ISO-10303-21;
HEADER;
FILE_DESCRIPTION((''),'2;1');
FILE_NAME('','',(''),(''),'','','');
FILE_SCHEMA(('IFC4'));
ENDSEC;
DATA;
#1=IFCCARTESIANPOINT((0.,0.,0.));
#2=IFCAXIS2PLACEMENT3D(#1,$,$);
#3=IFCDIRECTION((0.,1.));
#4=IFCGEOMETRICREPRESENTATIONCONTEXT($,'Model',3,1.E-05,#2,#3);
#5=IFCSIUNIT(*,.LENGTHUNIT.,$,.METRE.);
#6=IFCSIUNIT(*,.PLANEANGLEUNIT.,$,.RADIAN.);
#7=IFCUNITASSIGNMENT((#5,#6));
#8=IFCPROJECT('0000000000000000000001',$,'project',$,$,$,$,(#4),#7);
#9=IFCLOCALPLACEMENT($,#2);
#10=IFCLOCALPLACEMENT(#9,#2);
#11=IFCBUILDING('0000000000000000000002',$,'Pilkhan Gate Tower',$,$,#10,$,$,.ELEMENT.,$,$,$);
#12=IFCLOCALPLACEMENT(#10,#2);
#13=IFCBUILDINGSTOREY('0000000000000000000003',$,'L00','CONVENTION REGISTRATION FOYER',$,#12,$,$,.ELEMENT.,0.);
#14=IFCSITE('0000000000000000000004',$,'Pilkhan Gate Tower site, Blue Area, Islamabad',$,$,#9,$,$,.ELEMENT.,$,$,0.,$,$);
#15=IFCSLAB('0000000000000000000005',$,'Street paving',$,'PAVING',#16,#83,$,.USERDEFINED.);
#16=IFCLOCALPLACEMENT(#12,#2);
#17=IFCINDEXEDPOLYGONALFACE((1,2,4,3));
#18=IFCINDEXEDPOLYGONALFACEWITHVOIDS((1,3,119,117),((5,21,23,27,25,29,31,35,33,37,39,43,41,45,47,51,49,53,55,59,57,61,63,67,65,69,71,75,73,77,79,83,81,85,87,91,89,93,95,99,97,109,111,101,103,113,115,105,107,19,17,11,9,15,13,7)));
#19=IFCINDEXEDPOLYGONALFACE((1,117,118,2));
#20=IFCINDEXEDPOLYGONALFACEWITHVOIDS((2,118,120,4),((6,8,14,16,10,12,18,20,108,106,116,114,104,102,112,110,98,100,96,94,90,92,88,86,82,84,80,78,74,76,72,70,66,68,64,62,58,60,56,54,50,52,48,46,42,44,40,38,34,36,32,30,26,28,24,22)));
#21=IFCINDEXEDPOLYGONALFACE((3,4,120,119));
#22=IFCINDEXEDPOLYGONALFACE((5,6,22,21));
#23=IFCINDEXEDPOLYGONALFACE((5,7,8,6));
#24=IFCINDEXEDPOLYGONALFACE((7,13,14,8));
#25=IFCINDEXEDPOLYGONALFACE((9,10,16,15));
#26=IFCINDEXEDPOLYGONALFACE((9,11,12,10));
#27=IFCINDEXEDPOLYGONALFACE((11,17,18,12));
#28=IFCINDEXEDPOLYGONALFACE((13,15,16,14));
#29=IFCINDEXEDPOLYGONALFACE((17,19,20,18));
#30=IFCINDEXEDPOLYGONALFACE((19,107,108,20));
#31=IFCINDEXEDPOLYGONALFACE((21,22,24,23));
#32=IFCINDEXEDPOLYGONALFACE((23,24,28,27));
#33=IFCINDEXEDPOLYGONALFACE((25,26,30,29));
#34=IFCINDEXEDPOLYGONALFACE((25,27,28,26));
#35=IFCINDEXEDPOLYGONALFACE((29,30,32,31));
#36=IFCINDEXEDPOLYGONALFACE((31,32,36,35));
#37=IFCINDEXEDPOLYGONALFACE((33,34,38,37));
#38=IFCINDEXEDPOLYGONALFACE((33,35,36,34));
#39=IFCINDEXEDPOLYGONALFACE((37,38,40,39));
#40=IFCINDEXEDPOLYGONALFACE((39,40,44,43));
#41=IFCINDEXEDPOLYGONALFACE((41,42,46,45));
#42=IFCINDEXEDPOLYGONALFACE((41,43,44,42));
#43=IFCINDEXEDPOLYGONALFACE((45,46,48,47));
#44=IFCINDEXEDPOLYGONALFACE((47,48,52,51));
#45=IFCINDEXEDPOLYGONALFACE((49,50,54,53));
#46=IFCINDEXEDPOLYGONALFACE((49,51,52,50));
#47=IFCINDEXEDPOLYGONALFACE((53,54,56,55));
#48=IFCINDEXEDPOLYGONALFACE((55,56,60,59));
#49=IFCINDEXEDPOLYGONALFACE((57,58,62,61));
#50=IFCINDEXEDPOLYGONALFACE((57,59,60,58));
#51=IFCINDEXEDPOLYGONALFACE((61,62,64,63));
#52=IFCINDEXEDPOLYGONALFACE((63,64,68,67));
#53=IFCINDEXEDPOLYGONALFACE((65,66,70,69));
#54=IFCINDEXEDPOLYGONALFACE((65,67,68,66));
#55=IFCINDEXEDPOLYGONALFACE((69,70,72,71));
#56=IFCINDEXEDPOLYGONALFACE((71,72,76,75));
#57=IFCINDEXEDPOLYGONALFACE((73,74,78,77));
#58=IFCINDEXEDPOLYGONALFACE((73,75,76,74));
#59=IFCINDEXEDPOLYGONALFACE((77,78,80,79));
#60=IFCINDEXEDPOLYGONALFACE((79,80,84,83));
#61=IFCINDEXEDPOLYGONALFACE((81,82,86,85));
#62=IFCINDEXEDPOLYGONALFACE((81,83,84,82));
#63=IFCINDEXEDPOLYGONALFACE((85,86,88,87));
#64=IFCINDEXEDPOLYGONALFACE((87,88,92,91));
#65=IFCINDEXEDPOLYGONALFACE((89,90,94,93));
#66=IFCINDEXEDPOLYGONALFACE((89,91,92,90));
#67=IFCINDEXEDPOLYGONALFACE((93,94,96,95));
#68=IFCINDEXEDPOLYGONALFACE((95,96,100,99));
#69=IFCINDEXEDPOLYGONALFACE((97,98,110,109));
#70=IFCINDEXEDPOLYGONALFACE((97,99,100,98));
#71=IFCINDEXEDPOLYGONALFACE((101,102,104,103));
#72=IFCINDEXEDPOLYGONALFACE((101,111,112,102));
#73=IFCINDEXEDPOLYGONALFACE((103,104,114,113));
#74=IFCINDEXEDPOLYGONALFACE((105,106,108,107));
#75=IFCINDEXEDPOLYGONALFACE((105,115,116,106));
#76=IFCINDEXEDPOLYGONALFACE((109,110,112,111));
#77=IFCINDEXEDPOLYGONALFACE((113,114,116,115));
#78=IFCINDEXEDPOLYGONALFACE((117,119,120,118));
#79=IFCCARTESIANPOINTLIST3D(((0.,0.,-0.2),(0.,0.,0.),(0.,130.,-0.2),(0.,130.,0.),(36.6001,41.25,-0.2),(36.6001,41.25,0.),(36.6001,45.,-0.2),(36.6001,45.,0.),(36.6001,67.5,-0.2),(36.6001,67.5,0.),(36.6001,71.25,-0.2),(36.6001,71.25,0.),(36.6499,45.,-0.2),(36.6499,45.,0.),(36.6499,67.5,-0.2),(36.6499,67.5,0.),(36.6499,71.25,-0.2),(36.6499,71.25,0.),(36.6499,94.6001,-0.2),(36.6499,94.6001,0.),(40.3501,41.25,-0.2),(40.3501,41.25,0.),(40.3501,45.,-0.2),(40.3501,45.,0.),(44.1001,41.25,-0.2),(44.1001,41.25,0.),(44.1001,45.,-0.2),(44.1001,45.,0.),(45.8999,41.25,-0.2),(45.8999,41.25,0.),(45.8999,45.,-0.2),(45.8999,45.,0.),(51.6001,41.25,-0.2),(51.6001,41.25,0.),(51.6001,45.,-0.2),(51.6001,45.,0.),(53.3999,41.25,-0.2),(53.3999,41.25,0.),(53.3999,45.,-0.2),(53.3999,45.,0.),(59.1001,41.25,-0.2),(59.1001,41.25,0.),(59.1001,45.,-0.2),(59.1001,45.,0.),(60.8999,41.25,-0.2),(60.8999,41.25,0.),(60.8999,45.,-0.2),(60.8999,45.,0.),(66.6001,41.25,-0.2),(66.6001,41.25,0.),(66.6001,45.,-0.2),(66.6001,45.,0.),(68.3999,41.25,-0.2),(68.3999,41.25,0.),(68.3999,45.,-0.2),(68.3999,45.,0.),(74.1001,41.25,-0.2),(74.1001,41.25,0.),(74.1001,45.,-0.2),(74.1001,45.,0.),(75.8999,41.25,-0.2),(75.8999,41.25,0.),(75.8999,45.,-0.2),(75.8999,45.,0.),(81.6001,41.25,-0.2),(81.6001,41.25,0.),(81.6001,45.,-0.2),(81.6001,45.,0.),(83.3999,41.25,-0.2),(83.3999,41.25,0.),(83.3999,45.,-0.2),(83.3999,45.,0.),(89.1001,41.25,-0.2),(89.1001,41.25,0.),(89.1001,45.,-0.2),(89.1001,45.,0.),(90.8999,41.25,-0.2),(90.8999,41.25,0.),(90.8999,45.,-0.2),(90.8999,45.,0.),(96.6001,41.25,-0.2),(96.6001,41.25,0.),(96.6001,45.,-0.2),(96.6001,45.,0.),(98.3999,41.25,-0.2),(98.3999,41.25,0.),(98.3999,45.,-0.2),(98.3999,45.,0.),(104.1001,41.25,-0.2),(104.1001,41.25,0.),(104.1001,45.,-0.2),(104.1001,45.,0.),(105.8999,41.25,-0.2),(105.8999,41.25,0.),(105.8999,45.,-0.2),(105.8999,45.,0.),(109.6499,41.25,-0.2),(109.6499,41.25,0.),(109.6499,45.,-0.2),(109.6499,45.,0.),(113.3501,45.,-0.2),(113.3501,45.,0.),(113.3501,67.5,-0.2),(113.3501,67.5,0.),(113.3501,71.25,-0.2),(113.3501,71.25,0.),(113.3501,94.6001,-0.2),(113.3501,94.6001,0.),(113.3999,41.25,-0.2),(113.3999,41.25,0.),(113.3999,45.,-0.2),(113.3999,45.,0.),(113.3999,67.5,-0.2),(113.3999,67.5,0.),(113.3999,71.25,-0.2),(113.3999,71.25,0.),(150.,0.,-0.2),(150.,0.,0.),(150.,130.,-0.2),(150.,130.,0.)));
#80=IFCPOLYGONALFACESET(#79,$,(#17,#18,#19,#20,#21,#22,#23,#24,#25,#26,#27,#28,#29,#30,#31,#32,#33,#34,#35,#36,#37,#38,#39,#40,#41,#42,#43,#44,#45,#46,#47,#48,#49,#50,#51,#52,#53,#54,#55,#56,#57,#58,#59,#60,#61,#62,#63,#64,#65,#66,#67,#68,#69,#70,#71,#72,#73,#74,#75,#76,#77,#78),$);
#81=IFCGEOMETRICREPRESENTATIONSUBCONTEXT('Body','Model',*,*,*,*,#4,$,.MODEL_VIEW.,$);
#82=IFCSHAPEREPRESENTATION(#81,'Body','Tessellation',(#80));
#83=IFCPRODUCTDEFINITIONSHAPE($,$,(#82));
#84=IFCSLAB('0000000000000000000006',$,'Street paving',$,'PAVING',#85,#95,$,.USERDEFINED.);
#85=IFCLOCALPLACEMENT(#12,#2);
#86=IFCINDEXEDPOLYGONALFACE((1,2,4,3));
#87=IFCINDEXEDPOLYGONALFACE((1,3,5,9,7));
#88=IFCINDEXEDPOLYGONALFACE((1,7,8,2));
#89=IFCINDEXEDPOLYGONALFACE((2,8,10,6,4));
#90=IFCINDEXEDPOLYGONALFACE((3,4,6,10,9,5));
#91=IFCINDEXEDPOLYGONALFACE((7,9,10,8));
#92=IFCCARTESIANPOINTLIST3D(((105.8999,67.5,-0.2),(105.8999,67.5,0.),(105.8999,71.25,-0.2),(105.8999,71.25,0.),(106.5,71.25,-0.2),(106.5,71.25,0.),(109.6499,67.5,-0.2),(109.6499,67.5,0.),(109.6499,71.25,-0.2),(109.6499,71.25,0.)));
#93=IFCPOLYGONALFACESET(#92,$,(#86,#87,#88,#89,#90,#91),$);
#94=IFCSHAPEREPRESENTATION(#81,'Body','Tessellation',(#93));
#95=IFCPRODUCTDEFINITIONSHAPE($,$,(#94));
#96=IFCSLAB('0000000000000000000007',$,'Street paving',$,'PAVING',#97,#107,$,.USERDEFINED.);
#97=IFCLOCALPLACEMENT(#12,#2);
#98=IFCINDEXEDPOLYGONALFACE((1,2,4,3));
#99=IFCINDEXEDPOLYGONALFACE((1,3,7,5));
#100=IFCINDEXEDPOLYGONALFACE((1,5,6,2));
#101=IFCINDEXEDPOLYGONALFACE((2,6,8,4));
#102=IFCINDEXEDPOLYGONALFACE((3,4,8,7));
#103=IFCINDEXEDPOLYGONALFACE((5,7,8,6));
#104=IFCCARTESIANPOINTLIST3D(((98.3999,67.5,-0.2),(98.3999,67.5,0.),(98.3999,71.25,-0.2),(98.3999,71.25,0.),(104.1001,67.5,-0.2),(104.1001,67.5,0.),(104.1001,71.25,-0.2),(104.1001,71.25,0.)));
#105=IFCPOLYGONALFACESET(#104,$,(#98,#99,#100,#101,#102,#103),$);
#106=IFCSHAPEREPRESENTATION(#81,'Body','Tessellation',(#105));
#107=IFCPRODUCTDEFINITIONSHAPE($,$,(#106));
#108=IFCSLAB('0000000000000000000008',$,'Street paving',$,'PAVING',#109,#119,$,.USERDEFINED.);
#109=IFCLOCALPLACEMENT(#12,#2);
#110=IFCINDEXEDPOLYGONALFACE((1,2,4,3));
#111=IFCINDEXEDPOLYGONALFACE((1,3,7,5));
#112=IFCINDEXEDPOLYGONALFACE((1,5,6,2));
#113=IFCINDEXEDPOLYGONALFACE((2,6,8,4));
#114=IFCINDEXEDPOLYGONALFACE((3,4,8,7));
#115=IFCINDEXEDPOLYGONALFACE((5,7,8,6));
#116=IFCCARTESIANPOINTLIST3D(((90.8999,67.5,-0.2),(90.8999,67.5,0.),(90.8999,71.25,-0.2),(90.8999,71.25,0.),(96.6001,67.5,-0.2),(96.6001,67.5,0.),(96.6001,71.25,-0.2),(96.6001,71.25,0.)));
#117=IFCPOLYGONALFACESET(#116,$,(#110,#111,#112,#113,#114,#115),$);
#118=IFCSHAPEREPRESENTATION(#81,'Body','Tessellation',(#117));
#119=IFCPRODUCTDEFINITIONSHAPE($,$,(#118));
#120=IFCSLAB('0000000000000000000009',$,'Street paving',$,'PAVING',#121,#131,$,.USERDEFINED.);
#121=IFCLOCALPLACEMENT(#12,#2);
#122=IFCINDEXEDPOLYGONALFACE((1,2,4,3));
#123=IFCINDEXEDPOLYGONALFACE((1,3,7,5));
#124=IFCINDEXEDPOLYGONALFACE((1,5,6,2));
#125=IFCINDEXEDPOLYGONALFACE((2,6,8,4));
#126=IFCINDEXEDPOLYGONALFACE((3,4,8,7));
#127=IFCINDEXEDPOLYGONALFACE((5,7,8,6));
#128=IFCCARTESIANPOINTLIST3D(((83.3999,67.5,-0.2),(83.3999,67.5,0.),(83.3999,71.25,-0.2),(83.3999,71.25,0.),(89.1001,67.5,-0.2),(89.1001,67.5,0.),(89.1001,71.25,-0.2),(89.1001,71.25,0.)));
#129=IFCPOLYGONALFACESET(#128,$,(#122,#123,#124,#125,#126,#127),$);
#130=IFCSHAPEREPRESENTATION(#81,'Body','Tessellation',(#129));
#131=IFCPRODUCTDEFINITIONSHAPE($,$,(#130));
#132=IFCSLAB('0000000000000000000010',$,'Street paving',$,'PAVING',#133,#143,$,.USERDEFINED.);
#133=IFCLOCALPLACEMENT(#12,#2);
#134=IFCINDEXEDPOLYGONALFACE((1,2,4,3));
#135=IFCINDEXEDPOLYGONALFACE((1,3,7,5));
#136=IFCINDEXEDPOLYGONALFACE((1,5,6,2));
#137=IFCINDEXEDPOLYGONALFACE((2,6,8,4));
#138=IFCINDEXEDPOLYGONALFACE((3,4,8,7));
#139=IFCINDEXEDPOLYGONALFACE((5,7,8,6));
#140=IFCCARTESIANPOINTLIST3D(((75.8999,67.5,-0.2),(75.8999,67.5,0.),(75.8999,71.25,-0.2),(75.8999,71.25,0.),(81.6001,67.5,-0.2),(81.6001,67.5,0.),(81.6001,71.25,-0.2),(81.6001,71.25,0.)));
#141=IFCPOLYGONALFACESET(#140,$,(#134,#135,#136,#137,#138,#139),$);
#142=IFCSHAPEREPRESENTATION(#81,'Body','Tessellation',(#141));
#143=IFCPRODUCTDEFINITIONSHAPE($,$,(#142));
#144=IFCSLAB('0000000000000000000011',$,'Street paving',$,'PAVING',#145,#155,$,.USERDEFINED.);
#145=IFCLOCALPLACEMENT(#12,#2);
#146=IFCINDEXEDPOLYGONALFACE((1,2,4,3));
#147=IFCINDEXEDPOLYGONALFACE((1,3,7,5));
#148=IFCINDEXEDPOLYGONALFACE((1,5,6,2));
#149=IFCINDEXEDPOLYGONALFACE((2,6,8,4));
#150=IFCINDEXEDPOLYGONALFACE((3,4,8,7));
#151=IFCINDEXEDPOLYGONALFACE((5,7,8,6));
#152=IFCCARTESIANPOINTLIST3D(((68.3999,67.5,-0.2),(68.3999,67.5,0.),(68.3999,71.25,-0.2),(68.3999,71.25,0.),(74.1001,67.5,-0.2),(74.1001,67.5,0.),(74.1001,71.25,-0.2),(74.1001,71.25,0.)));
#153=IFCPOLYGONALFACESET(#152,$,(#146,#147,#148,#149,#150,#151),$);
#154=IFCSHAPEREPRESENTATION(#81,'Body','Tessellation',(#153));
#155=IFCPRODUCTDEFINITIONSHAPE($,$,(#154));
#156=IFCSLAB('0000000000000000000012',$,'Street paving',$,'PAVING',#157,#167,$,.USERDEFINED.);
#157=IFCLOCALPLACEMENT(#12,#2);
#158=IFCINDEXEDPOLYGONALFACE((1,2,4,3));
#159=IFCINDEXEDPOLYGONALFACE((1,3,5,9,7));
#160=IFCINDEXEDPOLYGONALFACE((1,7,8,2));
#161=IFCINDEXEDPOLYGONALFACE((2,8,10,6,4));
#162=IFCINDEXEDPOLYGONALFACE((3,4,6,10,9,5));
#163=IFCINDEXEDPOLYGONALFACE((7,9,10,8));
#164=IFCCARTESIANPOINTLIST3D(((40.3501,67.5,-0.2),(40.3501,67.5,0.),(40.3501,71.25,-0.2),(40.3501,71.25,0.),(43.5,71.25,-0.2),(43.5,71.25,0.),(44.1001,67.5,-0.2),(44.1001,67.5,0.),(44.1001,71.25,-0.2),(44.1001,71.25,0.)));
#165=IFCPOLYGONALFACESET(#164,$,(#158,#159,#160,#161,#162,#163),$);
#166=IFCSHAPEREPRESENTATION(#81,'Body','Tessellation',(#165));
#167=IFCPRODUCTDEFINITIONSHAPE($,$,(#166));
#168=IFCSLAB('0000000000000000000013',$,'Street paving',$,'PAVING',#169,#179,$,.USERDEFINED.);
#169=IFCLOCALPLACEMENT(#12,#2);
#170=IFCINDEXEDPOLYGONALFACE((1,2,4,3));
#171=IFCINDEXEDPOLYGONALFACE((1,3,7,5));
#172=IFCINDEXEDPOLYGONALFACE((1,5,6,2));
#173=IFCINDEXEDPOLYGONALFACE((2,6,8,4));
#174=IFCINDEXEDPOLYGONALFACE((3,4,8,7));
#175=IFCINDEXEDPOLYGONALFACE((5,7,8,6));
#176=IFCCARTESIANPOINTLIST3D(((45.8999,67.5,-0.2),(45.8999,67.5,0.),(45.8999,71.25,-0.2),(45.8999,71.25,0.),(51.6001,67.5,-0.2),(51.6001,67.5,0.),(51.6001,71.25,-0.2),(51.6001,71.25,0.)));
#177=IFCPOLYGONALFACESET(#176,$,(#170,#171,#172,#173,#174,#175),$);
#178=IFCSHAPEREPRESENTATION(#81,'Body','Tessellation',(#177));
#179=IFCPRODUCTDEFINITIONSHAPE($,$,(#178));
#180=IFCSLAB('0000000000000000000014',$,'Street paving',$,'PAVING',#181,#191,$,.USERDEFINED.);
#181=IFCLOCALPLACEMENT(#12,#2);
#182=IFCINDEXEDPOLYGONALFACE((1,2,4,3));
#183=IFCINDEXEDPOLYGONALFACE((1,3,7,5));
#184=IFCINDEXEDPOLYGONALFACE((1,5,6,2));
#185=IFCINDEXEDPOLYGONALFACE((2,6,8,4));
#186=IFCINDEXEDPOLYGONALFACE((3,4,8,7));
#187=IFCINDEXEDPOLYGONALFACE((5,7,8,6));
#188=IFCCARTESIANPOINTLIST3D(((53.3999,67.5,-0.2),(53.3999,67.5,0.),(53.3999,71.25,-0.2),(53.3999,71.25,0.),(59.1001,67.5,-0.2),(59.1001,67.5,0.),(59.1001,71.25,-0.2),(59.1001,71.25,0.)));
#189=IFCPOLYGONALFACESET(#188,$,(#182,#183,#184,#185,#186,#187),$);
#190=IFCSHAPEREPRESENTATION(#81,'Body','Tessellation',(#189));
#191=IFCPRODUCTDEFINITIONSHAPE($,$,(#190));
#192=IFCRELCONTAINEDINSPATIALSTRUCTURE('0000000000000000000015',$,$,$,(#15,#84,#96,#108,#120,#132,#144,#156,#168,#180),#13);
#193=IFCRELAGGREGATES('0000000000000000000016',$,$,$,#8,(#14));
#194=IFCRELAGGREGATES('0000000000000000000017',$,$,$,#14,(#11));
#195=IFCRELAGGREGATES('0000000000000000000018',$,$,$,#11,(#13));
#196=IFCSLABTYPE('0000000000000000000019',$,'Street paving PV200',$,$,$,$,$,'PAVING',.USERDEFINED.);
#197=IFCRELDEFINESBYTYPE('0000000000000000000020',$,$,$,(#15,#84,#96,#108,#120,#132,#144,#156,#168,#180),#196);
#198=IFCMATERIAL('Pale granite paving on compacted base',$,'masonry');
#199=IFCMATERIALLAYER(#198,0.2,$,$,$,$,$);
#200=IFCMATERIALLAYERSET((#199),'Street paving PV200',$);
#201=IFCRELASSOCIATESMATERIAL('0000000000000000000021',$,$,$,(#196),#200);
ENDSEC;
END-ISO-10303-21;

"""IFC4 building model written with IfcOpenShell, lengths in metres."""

from ifc_helpers import new_model, si_unit, direction, frame, origin, place, context, subcontext, project, spatial, polyline, outline, extrude, material, layer, layer_set, type_object, element, save


model = new_model("IFC4")

# Units and contexts
model_context = context("Model", 3, precision=1e-05, world=origin(), true_north=direction((0.0, 1.0)))
body_context = subcontext(model_context, "Body", "Model", "MODEL_VIEW")
ifc_project = project(units=[si_unit("LENGTHUNIT", "METRE"), si_unit("PLANEANGLEUNIT", "RADIAN")], contexts=[model_context])

# Site, building, storey
site_placement = place(None, origin())
site = spatial("IfcSite", under=ifc_project, at=site_placement, Name="Pilkhan Gate Tower site, Blue Area, Islamabad", CompositionType="ELEMENT", RefElevation=0.0)
building_placement = place(site_placement, origin())
building = spatial("IfcBuilding", under=site, at=building_placement, Name="Pilkhan Gate Tower", CompositionType="ELEMENT")
storey_placement = place(building_placement, origin())
storey = spatial("IfcBuildingStorey", under=building, at=storey_placement, Name="L00", Description="CONVENTION REGISTRATION FOYER", CompositionType="ELEMENT", Elevation=0.0)

# Slabs
ifc_material_1 = material(Name="Pale granite paving on compacted base", Category="masonry")
ifc_layer_1 = layer(ifc_material_1, 0.2)
ifc_layer_set_1 = layer_set([ifc_layer_1], Name="Street paving PV200")
slab_type_1 = type_object("IfcSlabType", Name="Street paving PV200", ElementType="PAVING", PredefinedType="USERDEFINED", material=ifc_layer_set_1)
slab_1_placement = place(storey_placement, frame((0.0, 0.0, -0.2)))
element("IfcSlab", 1, at=slab_1_placement, inside=storey, type_object=slab_type_1, Name="Street paving", ObjectType="PAVING", PredefinedType="USERDEFINED", context=body_context, shape_type="SweptSolid", body=[
    extrude(outline(polyline([(0.0, 0.0), (0.0, 130.0), (150.0, 130.0), (150.0, 0.0), (0.0, 0.0)]), holes=[polyline([(36.6499, 45.0), (36.6001, 45.0), (36.6001, 41.25), (40.3501, 41.25), (40.3501, 45.0), (44.1001, 45.0), (44.1001, 41.25), (45.8999, 41.25), (45.8999, 45.0), (51.6001, 45.0), (51.6001, 41.25), (53.3999, 41.25), (53.3999, 45.0), (59.1001, 45.0), (59.1001, 41.25), (60.8999, 41.25), (60.8999, 45.0), (66.6001, 45.0), (66.6001, 41.25), (68.3999, 41.25), (68.3999, 45.0), (74.1001, 45.0), (74.1001, 41.25), (75.8999, 41.25), (75.8999, 45.0), (81.6001, 45.0), (81.6001, 41.25), (83.3999, 41.25), (83.3999, 45.0), (89.1001, 45.0), (89.1001, 41.25), (90.8999, 41.25), (90.8999, 45.0), (96.6001, 45.0), (96.6001, 41.25), (98.3999, 41.25), (98.3999, 45.0), (104.1001, 45.0), (104.1001, 41.25), (105.8999, 41.25), (105.8999, 45.0), (109.6499, 45.0), (109.6499, 41.25), (113.3999, 41.25), (113.3999, 45.0), (113.3501, 45.0), (113.3501, 67.5), (113.3999, 67.5), (113.3999, 71.25), (113.3501, 71.25), (113.3501, 94.6001), (36.6499, 94.6001), (36.6499, 71.25), (36.6001, 71.25), (36.6001, 67.5), (36.6499, 67.5), (36.6499, 45.0)])]), origin(), (0.0, 0.0, 1.0), 0.2),
])
slab_2_placement = place(storey_placement, frame((0.0, 0.0, -0.2)))
element("IfcSlab", 2, at=slab_2_placement, inside=storey, type_object=slab_type_1, Name="Street paving", ObjectType="PAVING", PredefinedType="USERDEFINED", context=body_context, shape_type="SweptSolid", body=[
    extrude(outline(polyline([(109.6499, 71.25), (109.6499, 67.5), (105.8999, 67.5), (105.8999, 71.25), (106.5, 71.25), (109.6499, 71.25)])), origin(), (0.0, 0.0, 1.0), 0.2),
])
slab_3_placement = place(storey_placement, frame((0.0, 0.0, -0.2)))
element("IfcSlab", 3, at=slab_3_placement, inside=storey, type_object=slab_type_1, Name="Street paving", ObjectType="PAVING", PredefinedType="USERDEFINED", context=body_context, shape_type="SweptSolid", body=[
    extrude(outline(polyline([(104.1001, 71.25), (104.1001, 67.5), (98.3999, 67.5), (98.3999, 71.25), (104.1001, 71.25)])), origin(), (0.0, 0.0, 1.0), 0.2),
])
slab_4_placement = place(storey_placement, frame((0.0, 0.0, -0.2)))
element("IfcSlab", 4, at=slab_4_placement, inside=storey, type_object=slab_type_1, Name="Street paving", ObjectType="PAVING", PredefinedType="USERDEFINED", context=body_context, shape_type="SweptSolid", body=[
    extrude(outline(polyline([(96.6001, 71.25), (96.6001, 67.5), (90.8999, 67.5), (90.8999, 71.25), (96.6001, 71.25)])), origin(), (0.0, 0.0, 1.0), 0.2),
])
slab_5_placement = place(storey_placement, frame((0.0, 0.0, -0.2)))
element("IfcSlab", 5, at=slab_5_placement, inside=storey, type_object=slab_type_1, Name="Street paving", ObjectType="PAVING", PredefinedType="USERDEFINED", context=body_context, shape_type="SweptSolid", body=[
    extrude(outline(polyline([(89.1001, 71.25), (89.1001, 67.5), (83.3999, 67.5), (83.3999, 71.25), (89.1001, 71.25)])), origin(), (0.0, 0.0, 1.0), 0.2),
])
slab_6_placement = place(storey_placement, frame((0.0, 0.0, -0.2)))
element("IfcSlab", 6, at=slab_6_placement, inside=storey, type_object=slab_type_1, Name="Street paving", ObjectType="PAVING", PredefinedType="USERDEFINED", context=body_context, shape_type="SweptSolid", body=[
    extrude(outline(polyline([(81.6001, 71.25), (81.6001, 67.5), (75.8999, 67.5), (75.8999, 71.25), (81.6001, 71.25)])), origin(), (0.0, 0.0, 1.0), 0.2),
])
slab_7_placement = place(storey_placement, frame((0.0, 0.0, -0.2)))
element("IfcSlab", 7, at=slab_7_placement, inside=storey, type_object=slab_type_1, Name="Street paving", ObjectType="PAVING", PredefinedType="USERDEFINED", context=body_context, shape_type="SweptSolid", body=[
    extrude(outline(polyline([(74.1001, 71.25), (74.1001, 67.5), (68.3999, 67.5), (68.3999, 71.25), (74.1001, 71.25)])), origin(), (0.0, 0.0, 1.0), 0.2),
])
slab_8_placement = place(storey_placement, frame((0.0, 0.0, -0.2)))
element("IfcSlab", 8, at=slab_8_placement, inside=storey, type_object=slab_type_1, Name="Street paving", ObjectType="PAVING", PredefinedType="USERDEFINED", context=body_context, shape_type="SweptSolid", body=[
    extrude(outline(polyline([(44.1001, 67.5), (40.3501, 67.5), (40.3501, 71.25), (43.5, 71.25), (44.1001, 71.25), (44.1001, 67.5)])), origin(), (0.0, 0.0, 1.0), 0.2),
])
slab_9_placement = place(storey_placement, frame((0.0, 0.0, -0.2)))
element("IfcSlab", 9, at=slab_9_placement, inside=storey, type_object=slab_type_1, Name="Street paving", ObjectType="PAVING", PredefinedType="USERDEFINED", context=body_context, shape_type="SweptSolid", body=[
    extrude(outline(polyline([(51.6001, 67.5), (45.8999, 67.5), (45.8999, 71.25), (51.6001, 71.25), (51.6001, 67.5)])), origin(), (0.0, 0.0, 1.0), 0.2),
])
slab_10_placement = place(storey_placement, frame((0.0, 0.0, -0.2)))
element("IfcSlab", 10, at=slab_10_placement, inside=storey, type_object=slab_type_1, Name="Street paving", ObjectType="PAVING", PredefinedType="USERDEFINED", context=body_context, shape_type="SweptSolid", body=[
    extrude(outline(polyline([(59.1001, 67.5), (53.3999, 67.5), (53.3999, 71.25), (59.1001, 71.25), (59.1001, 67.5)])), origin(), (0.0, 0.0, 1.0), 0.2),
])

save(model, "model.ifc")
